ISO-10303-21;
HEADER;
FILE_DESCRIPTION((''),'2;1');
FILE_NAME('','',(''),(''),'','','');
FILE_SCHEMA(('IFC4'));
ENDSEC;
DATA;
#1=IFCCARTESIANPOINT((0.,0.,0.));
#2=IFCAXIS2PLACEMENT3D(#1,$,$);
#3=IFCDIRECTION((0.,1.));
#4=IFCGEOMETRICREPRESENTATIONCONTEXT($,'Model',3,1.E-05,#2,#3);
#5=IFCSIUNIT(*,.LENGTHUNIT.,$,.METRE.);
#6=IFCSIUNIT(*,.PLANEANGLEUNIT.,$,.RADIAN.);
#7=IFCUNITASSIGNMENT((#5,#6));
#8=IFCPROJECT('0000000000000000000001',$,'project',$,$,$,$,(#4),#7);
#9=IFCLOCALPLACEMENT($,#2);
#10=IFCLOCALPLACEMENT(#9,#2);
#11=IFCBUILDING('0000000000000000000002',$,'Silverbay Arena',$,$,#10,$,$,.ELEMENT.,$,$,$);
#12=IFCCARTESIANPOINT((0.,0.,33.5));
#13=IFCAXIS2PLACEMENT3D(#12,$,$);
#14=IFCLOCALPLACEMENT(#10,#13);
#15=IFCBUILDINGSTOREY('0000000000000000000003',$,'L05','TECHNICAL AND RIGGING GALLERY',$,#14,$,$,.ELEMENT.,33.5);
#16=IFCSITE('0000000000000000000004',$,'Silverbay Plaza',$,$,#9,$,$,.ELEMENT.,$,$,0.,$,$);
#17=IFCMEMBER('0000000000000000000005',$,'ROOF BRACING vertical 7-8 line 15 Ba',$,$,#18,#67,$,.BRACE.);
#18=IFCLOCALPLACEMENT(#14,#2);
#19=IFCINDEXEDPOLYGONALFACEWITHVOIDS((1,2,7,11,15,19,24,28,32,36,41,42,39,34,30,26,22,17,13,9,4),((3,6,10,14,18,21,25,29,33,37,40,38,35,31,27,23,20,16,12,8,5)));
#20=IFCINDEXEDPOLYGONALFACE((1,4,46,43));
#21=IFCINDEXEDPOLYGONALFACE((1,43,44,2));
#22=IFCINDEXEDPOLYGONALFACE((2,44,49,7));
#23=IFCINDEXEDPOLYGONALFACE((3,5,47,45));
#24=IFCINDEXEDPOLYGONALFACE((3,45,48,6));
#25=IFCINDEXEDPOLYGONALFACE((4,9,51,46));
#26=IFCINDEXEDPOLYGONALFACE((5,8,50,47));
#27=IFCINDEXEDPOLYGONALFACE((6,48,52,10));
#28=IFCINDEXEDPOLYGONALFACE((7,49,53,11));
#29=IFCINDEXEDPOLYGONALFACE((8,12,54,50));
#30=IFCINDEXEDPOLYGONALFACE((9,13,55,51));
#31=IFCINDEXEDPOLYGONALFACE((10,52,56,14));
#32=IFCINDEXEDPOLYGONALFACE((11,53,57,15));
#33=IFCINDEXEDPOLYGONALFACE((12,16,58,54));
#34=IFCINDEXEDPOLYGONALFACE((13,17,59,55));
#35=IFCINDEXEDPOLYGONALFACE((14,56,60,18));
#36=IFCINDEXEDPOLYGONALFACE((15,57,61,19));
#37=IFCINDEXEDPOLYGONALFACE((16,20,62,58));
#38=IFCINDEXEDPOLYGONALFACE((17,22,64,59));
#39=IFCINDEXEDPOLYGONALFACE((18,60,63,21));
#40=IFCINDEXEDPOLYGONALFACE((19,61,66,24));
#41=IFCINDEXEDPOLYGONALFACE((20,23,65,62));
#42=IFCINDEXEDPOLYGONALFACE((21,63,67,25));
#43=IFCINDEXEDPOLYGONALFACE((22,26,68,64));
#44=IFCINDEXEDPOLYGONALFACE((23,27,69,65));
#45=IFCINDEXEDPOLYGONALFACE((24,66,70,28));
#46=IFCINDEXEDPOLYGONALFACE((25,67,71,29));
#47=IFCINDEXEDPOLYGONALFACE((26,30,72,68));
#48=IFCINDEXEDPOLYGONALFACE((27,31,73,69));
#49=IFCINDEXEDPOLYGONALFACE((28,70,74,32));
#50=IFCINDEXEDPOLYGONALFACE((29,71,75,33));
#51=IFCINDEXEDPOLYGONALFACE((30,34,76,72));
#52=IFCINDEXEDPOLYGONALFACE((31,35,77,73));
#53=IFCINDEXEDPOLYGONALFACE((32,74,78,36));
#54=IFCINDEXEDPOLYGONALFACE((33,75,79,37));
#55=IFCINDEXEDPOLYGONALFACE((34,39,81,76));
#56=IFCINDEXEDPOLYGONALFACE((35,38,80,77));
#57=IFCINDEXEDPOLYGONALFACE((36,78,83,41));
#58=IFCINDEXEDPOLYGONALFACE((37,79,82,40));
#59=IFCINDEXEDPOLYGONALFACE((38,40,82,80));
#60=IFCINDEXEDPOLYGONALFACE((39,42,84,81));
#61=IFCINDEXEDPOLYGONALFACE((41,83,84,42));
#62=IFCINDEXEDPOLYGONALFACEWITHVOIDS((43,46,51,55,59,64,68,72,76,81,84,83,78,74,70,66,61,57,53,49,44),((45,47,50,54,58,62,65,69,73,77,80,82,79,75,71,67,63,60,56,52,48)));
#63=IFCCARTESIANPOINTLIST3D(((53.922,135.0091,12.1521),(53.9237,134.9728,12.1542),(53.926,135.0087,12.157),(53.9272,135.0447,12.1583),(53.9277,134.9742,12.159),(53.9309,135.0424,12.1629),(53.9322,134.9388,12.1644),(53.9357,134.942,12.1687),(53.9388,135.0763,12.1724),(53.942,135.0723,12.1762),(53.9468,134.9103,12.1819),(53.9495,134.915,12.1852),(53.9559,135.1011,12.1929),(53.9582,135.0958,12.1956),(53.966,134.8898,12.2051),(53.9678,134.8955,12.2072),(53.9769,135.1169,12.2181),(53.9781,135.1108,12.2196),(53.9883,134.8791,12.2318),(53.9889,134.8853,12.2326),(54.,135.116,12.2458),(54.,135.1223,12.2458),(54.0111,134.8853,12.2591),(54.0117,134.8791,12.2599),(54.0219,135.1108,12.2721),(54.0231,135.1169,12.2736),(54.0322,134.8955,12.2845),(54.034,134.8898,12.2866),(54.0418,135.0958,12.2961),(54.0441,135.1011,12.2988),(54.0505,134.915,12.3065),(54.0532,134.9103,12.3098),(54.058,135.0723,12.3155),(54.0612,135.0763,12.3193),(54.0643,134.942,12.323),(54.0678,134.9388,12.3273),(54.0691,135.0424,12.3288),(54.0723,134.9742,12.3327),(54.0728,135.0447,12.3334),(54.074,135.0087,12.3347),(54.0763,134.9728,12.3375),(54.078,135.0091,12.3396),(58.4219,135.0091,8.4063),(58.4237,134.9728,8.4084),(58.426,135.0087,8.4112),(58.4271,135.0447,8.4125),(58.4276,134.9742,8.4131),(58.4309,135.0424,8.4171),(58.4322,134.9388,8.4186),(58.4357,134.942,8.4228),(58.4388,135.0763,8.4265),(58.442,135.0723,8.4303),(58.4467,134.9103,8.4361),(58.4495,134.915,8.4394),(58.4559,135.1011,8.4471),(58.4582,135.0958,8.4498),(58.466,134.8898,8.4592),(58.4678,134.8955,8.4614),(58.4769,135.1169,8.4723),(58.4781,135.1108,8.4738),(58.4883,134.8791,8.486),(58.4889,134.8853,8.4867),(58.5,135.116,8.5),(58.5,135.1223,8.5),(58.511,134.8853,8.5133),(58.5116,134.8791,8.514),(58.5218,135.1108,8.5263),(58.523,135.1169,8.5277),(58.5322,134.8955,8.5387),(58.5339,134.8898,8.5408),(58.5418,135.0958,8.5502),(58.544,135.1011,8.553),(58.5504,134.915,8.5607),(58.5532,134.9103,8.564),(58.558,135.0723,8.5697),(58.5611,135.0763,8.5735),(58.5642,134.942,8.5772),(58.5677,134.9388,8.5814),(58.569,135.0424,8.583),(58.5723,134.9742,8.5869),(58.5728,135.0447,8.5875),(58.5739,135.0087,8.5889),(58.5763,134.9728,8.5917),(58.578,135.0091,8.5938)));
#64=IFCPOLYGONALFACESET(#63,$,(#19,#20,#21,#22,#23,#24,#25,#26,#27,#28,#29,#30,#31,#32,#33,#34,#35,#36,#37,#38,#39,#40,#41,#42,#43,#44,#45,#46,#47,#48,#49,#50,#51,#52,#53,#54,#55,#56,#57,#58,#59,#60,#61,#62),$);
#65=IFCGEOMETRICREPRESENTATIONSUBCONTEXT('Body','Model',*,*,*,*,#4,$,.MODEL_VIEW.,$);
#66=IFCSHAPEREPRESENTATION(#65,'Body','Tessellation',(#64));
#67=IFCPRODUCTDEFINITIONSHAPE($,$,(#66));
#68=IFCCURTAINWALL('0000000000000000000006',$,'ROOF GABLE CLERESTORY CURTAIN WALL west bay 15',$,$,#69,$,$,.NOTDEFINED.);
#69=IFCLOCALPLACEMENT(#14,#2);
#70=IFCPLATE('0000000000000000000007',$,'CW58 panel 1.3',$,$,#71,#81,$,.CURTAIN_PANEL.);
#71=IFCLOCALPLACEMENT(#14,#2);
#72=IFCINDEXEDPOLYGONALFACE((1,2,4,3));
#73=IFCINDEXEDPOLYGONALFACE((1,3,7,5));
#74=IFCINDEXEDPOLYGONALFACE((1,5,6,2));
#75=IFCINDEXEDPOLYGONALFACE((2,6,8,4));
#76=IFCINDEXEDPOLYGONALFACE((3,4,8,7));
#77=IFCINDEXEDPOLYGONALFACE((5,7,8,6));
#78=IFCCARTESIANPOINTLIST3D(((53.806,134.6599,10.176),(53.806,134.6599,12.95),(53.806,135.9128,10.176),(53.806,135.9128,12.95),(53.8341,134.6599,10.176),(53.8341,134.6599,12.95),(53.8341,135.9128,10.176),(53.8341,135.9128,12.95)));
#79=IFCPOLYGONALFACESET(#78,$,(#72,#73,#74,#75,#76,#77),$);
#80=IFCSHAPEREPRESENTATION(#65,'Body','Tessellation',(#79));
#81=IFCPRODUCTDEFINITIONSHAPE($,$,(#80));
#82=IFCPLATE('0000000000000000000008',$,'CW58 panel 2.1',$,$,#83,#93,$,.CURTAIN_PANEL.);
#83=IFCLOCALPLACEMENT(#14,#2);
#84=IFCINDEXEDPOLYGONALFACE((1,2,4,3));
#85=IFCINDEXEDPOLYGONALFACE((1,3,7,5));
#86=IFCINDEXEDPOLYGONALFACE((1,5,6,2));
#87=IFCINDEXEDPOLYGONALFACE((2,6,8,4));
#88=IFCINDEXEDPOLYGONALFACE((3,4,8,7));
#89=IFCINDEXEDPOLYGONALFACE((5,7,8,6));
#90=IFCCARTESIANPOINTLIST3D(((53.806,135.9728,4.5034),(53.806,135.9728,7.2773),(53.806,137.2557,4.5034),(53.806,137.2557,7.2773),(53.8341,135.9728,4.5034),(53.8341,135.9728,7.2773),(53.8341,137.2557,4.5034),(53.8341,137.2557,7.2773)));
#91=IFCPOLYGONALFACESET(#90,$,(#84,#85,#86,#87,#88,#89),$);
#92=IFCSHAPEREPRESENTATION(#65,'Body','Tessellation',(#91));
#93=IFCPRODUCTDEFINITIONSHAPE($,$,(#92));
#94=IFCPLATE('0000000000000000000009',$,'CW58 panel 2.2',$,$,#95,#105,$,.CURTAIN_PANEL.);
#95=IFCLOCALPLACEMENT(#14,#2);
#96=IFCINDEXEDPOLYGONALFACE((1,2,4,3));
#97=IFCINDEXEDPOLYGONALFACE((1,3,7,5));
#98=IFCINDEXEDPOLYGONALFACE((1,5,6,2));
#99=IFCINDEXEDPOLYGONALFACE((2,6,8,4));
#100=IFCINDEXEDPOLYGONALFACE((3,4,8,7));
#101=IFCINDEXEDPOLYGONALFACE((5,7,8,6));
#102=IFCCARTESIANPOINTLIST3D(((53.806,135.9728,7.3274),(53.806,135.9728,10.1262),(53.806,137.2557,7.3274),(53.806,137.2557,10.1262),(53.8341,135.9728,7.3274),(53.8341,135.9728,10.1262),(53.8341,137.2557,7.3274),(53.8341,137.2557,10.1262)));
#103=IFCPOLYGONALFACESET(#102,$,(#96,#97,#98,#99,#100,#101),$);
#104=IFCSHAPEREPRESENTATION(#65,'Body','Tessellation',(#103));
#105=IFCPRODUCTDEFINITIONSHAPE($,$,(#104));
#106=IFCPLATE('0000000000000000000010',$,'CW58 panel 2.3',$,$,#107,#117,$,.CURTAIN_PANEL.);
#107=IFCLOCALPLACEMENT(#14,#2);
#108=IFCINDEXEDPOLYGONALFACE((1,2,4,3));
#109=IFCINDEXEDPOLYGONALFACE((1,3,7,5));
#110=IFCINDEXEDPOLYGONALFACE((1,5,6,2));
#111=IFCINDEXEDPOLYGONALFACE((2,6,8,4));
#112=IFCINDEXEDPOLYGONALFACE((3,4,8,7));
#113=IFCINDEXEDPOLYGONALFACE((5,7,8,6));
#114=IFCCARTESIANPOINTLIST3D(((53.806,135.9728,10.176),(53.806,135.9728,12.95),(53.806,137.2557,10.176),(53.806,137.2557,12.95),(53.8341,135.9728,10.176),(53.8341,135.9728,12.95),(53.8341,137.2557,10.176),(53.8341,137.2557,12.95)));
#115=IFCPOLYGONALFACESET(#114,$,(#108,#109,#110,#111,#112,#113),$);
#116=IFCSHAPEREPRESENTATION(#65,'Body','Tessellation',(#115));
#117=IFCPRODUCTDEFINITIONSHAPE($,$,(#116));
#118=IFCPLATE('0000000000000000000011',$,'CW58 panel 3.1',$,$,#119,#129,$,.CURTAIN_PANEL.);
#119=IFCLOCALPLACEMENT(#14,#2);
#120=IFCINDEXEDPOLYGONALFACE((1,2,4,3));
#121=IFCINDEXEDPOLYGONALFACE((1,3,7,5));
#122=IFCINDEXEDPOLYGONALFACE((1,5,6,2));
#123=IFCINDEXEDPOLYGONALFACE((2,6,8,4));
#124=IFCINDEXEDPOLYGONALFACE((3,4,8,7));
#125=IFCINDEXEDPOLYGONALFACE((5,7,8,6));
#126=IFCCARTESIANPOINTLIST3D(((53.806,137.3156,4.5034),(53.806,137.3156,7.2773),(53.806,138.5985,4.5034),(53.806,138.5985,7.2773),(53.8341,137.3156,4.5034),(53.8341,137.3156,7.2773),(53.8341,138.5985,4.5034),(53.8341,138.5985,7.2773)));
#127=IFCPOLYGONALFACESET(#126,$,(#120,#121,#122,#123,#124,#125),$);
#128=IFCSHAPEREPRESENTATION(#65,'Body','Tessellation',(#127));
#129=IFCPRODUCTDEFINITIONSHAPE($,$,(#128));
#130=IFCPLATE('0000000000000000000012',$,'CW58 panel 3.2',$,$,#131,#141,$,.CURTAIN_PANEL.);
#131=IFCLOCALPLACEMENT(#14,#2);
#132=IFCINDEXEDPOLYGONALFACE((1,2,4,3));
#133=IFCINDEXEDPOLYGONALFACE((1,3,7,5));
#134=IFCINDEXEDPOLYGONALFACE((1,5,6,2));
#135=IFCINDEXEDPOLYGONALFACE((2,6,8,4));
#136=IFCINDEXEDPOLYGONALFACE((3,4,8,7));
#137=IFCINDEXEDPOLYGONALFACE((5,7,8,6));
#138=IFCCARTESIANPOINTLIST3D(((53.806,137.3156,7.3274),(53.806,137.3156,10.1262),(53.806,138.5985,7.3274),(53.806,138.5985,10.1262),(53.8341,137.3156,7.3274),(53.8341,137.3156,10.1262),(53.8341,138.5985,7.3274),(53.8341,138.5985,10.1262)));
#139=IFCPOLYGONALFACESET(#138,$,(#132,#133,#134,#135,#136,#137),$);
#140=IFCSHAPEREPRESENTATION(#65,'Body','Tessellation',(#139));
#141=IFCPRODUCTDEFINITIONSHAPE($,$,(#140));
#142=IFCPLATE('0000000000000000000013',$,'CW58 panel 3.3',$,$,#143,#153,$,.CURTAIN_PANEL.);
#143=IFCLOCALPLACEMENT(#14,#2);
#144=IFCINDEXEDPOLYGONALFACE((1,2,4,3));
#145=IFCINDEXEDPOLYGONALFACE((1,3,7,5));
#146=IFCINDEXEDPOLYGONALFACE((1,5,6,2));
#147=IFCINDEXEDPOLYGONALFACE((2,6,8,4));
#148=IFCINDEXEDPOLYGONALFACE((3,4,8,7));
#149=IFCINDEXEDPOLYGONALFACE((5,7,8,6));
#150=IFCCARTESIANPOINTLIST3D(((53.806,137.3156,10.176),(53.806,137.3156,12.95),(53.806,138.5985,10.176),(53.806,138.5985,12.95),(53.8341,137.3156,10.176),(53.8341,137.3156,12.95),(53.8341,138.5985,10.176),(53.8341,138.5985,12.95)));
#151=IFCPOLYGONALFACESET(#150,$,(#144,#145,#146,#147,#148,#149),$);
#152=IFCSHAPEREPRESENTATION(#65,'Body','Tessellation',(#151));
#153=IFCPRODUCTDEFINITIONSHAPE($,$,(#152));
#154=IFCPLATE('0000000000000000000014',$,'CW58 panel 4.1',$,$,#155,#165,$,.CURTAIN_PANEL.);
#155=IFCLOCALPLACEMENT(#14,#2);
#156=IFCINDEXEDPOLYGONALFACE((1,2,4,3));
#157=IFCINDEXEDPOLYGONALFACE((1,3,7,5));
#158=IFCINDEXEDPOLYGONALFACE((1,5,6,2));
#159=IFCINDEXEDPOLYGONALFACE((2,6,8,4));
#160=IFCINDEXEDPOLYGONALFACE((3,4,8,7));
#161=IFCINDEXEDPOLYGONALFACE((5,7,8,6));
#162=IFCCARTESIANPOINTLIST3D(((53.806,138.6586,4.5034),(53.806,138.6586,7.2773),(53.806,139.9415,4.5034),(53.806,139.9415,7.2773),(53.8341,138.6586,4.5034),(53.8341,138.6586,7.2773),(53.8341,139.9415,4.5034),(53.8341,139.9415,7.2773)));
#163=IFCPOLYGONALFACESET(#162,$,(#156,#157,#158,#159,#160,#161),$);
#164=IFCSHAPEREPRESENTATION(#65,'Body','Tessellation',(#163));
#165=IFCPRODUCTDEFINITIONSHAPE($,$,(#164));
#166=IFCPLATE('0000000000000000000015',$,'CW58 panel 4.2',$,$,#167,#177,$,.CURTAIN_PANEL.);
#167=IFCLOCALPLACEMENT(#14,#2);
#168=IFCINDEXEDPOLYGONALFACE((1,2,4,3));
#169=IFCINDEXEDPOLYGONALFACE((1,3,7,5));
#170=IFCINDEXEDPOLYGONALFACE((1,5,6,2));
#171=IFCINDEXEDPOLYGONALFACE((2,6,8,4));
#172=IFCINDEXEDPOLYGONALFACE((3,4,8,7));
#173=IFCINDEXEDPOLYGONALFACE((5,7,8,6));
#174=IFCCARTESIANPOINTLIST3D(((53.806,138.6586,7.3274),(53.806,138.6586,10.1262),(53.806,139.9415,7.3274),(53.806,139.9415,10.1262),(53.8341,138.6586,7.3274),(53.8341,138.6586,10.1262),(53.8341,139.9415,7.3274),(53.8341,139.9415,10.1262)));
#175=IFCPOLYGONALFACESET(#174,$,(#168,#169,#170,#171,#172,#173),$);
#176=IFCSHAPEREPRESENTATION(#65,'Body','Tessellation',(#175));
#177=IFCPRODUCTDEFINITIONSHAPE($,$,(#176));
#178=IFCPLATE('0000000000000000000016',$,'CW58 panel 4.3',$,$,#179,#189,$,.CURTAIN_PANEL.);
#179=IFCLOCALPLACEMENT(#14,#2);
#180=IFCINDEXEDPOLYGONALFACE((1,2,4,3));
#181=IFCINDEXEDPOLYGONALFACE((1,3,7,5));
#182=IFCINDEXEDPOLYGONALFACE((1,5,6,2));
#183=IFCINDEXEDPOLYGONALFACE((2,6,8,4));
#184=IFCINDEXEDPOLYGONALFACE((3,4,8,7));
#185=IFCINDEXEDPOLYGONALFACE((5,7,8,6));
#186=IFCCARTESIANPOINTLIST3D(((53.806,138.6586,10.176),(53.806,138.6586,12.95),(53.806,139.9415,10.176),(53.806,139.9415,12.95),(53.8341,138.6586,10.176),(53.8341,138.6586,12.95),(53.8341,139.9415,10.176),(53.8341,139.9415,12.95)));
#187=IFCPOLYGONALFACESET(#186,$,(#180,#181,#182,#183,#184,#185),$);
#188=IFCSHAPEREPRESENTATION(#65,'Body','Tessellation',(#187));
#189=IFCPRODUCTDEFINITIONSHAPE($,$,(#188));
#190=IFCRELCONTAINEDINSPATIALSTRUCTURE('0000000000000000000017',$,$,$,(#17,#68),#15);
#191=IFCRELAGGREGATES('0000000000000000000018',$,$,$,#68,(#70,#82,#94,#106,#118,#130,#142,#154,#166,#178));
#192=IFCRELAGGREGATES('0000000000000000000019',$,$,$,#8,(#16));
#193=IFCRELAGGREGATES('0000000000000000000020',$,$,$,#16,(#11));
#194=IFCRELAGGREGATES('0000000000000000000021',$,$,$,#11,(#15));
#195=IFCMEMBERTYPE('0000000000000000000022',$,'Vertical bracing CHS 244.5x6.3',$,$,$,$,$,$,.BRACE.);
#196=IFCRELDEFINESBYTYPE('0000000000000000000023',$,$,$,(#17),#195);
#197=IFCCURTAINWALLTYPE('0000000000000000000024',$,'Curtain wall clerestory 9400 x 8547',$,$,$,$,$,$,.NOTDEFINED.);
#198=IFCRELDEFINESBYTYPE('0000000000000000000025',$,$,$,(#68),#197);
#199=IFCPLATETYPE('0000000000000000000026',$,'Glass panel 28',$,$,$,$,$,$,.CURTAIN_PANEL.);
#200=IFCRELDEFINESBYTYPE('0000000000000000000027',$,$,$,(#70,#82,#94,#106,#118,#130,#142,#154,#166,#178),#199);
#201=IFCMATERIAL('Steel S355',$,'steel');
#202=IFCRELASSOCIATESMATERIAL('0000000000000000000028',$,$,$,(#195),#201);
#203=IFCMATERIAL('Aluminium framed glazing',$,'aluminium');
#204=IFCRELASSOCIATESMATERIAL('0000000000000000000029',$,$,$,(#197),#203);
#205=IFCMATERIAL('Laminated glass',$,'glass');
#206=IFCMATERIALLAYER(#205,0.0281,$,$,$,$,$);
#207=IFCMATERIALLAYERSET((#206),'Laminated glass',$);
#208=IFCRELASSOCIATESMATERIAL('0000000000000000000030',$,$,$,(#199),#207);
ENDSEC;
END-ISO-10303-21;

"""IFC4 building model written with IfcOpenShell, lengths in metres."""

from ifc_helpers import new_model, si_unit, direction, frame, origin, origin_2d, place, context, subcontext, project, spatial, rectangle, hollow_circle, extrude, material, layer, layer_set, material_profile, profile_set, type_object, element, aggregate, save


model = new_model("IFC4")

# Units and contexts
model_context = context("Model", 3, precision=1e-05, world=origin(), true_north=direction((0.0, 1.0)))
body_context = subcontext(model_context, "Body", "Model", "MODEL_VIEW")
ifc_project = project(units=[si_unit("LENGTHUNIT", "METRE"), si_unit("PLANEANGLEUNIT", "RADIAN")], contexts=[model_context])

# Site, building, storey
site_placement = place(None, origin())
site = spatial("IfcSite", under=ifc_project, at=site_placement, Name="Silverbay Plaza", CompositionType="ELEMENT", RefElevation=0.0)
building_placement = place(site_placement, origin())
building = spatial("IfcBuilding", under=site, at=building_placement, Name="Silverbay Arena", CompositionType="ELEMENT")
storey_placement = place(building_placement, frame((0.0, 0.0, 33.5)))
storey = spatial("IfcBuildingStorey", under=building, at=storey_placement, Name="L05", Description="TECHNICAL AND RIGGING GALLERY", CompositionType="ELEMENT", Elevation=33.5)

# Member
ifc_material_1 = material(Name="Steel S355", Category="steel")
ifc_material_profile_1 = material_profile(ifc_material_1, hollow_circle(Radius=0.1223, WallThickness=0.0063, at=origin_2d()), Name="CHS 244.5x6.3")
ifc_profile_set_1 = profile_set([ifc_material_profile_1], Name="Steel S355")
member_type_1 = type_object("IfcMemberType", Name="Vertical bracing CHS 244.5x6.3", PredefinedType="BRACE", material=ifc_profile_set_1)
for number, where, z_axis, x_axis, name in (
    (1, (54.0, 135.0, 12.2458), (0.76857, 0.0, -0.639766), (0.0, 1.0, 0.0), "ROOF BRACING vertical 7-8 line 15 Ba"),
):
    element("IfcMember", number, at=place(storey_placement, frame(where, z_axis=z_axis, x_axis=x_axis)), inside=storey, type_object=member_type_1, Name=name, PredefinedType="BRACE", context=body_context, shape_type="SweptSolid", body=[
        extrude(hollow_circle(Radius=0.1223, WallThickness=0.0063, at=origin_2d()), origin(), (0.0, 0.0, 1.0), 5.855),
    ])

# Curtain wall, plates
ifc_material_2 = material(Name="Aluminium framed glazing", Category="aluminium")
curtain_wall_type = type_object("IfcCurtainWallType", Name="Curtain wall clerestory 9400 x 8547", PredefinedType="NOTDEFINED", material=ifc_material_2)
curtain_wall_placement = place(storey_placement, origin())
curtain_wall = element("IfcCurtainWall", 2, at=curtain_wall_placement, inside=storey, type_object=curtain_wall_type, Name="ROOF GABLE CLERESTORY CURTAIN WALL west bay 15", PredefinedType="NOTDEFINED")
ifc_material_3 = material(Name="Laminated glass", Category="glass")
ifc_layer_1 = layer(ifc_material_3, 0.0281)
ifc_layer_set_1 = layer_set([ifc_layer_1], Name="Laminated glass")
plate_type = type_object("IfcPlateType", Name="Glass panel 28", PredefinedType="CURTAIN_PANEL", material=ifc_layer_set_1)
plate_1_placement = place(storey_placement, frame((53.8201, 135.2864, 10.176), z_axis=(0.0, 0.0, 1.0), x_axis=(0.0, 1.0, 0.0)))
plate_1 = element("IfcPlate", 3, at=plate_1_placement, type_object=plate_type, Name="CW58 panel 1.3", PredefinedType="CURTAIN_PANEL", context=body_context, shape_type="SweptSolid", body=[
    extrude(rectangle(XDim=1.2529, YDim=0.0281, at=origin_2d()), origin(), (0.0, 0.0, 1.0), 2.7739),
])
plate_2_placement = place(storey_placement, frame((53.8201, 136.6143, 4.5034), z_axis=(0.0, 0.0, 1.0), x_axis=(0.0, 1.0, 0.0)))
plate_2 = element("IfcPlate", 4, at=plate_2_placement, type_object=plate_type, Name="CW58 panel 2.1", PredefinedType="CURTAIN_PANEL", context=body_context, shape_type="SweptSolid", body=[
    extrude(rectangle(XDim=1.283, YDim=0.0281, at=origin_2d()), origin(), (0.0, 0.0, 1.0), 2.7739),
])
plate_3_placement = place(storey_placement, frame((53.8201, 136.6143, 7.3274), z_axis=(0.0, 0.0, 1.0), x_axis=(0.0, 1.0, 0.0)))
plate_3 = element("IfcPlate", 5, at=plate_3_placement, type_object=plate_type, Name="CW58 panel 2.2", PredefinedType="CURTAIN_PANEL", context=body_context, shape_type="SweptSolid", body=[
    extrude(rectangle(XDim=1.283, YDim=0.0281, at=origin_2d()), origin(), (0.0, 0.0, 1.0), 2.7988),
])
plate_4_placement = place(storey_placement, frame((53.8201, 136.6143, 10.176), z_axis=(0.0, 0.0, 1.0), x_axis=(0.0, 1.0, 0.0)))
plate_4 = element("IfcPlate", 6, at=plate_4_placement, type_object=plate_type, Name="CW58 panel 2.3", PredefinedType="CURTAIN_PANEL", context=body_context, shape_type="SweptSolid", body=[
    extrude(rectangle(XDim=1.283, YDim=0.0281, at=origin_2d()), origin(), (0.0, 0.0, 1.0), 2.7739),
])
plate_5_placement = place(storey_placement, frame((53.8201, 137.957, 4.5034), z_axis=(0.0, 0.0, 1.0), x_axis=(0.0, 1.0, 0.0)))
plate_5 = element("IfcPlate", 7, at=plate_5_placement, type_object=plate_type, Name="CW58 panel 3.1", PredefinedType="CURTAIN_PANEL", context=body_context, shape_type="SweptSolid", body=[
    extrude(rectangle(XDim=1.283, YDim=0.0281, at=origin_2d()), origin(), (0.0, 0.0, 1.0), 2.7739),
])
plate_6_placement = place(storey_placement, frame((53.8201, 137.957, 7.3274), z_axis=(0.0, 0.0, 1.0), x_axis=(0.0, 1.0, 0.0)))
plate_6 = element("IfcPlate", 8, at=plate_6_placement, type_object=plate_type, Name="CW58 panel 3.2", PredefinedType="CURTAIN_PANEL", context=body_context, shape_type="SweptSolid", body=[
    extrude(rectangle(XDim=1.283, YDim=0.0281, at=origin_2d()), origin(), (0.0, 0.0, 1.0), 2.7988),
])
plate_7_placement = place(storey_placement, frame((53.8201, 137.957, 10.176), z_axis=(0.0, 0.0, 1.0), x_axis=(0.0, 1.0, 0.0)))
plate_7 = element("IfcPlate", 9, at=plate_7_placement, type_object=plate_type, Name="CW58 panel 3.3", PredefinedType="CURTAIN_PANEL", context=body_context, shape_type="SweptSolid", body=[
    extrude(rectangle(XDim=1.283, YDim=0.0281, at=origin_2d()), origin(), (0.0, 0.0, 1.0), 2.7739),
])
plate_8_placement = place(storey_placement, frame((53.8201, 139.3, 4.5034), z_axis=(0.0, 0.0, 1.0), x_axis=(0.0, 1.0, 0.0)))
plate_8 = element("IfcPlate", 10, at=plate_8_placement, type_object=plate_type, Name="CW58 panel 4.1", PredefinedType="CURTAIN_PANEL", context=body_context, shape_type="SweptSolid", body=[
    extrude(rectangle(XDim=1.283, YDim=0.0281, at=origin_2d()), origin(), (0.0, 0.0, 1.0), 2.7739),
])
plate_9_placement = place(storey_placement, frame((53.8201, 139.3, 7.3274), z_axis=(0.0, 0.0, 1.0), x_axis=(0.0, 1.0, 0.0)))
plate_9 = element("IfcPlate", 11, at=plate_9_placement, type_object=plate_type, Name="CW58 panel 4.2", PredefinedType="CURTAIN_PANEL", context=body_context, shape_type="SweptSolid", body=[
    extrude(rectangle(XDim=1.283, YDim=0.0281, at=origin_2d()), origin(), (0.0, 0.0, 1.0), 2.7988),
])
plate_10_placement = place(storey_placement, frame((53.8201, 139.3, 10.176), z_axis=(0.0, 0.0, 1.0), x_axis=(0.0, 1.0, 0.0)))
plate_10 = element("IfcPlate", 12, at=plate_10_placement, type_object=plate_type, Name="CW58 panel 4.3", PredefinedType="CURTAIN_PANEL", context=body_context, shape_type="SweptSolid", body=[
    extrude(rectangle(XDim=1.283, YDim=0.0281, at=origin_2d()), origin(), (0.0, 0.0, 1.0), 2.7739),
])
aggregate(curtain_wall, [plate_1, plate_2, plate_3, plate_4, plate_5, plate_6, plate_7, plate_8, plate_9, plate_10])

save(model, "model.ifc")
